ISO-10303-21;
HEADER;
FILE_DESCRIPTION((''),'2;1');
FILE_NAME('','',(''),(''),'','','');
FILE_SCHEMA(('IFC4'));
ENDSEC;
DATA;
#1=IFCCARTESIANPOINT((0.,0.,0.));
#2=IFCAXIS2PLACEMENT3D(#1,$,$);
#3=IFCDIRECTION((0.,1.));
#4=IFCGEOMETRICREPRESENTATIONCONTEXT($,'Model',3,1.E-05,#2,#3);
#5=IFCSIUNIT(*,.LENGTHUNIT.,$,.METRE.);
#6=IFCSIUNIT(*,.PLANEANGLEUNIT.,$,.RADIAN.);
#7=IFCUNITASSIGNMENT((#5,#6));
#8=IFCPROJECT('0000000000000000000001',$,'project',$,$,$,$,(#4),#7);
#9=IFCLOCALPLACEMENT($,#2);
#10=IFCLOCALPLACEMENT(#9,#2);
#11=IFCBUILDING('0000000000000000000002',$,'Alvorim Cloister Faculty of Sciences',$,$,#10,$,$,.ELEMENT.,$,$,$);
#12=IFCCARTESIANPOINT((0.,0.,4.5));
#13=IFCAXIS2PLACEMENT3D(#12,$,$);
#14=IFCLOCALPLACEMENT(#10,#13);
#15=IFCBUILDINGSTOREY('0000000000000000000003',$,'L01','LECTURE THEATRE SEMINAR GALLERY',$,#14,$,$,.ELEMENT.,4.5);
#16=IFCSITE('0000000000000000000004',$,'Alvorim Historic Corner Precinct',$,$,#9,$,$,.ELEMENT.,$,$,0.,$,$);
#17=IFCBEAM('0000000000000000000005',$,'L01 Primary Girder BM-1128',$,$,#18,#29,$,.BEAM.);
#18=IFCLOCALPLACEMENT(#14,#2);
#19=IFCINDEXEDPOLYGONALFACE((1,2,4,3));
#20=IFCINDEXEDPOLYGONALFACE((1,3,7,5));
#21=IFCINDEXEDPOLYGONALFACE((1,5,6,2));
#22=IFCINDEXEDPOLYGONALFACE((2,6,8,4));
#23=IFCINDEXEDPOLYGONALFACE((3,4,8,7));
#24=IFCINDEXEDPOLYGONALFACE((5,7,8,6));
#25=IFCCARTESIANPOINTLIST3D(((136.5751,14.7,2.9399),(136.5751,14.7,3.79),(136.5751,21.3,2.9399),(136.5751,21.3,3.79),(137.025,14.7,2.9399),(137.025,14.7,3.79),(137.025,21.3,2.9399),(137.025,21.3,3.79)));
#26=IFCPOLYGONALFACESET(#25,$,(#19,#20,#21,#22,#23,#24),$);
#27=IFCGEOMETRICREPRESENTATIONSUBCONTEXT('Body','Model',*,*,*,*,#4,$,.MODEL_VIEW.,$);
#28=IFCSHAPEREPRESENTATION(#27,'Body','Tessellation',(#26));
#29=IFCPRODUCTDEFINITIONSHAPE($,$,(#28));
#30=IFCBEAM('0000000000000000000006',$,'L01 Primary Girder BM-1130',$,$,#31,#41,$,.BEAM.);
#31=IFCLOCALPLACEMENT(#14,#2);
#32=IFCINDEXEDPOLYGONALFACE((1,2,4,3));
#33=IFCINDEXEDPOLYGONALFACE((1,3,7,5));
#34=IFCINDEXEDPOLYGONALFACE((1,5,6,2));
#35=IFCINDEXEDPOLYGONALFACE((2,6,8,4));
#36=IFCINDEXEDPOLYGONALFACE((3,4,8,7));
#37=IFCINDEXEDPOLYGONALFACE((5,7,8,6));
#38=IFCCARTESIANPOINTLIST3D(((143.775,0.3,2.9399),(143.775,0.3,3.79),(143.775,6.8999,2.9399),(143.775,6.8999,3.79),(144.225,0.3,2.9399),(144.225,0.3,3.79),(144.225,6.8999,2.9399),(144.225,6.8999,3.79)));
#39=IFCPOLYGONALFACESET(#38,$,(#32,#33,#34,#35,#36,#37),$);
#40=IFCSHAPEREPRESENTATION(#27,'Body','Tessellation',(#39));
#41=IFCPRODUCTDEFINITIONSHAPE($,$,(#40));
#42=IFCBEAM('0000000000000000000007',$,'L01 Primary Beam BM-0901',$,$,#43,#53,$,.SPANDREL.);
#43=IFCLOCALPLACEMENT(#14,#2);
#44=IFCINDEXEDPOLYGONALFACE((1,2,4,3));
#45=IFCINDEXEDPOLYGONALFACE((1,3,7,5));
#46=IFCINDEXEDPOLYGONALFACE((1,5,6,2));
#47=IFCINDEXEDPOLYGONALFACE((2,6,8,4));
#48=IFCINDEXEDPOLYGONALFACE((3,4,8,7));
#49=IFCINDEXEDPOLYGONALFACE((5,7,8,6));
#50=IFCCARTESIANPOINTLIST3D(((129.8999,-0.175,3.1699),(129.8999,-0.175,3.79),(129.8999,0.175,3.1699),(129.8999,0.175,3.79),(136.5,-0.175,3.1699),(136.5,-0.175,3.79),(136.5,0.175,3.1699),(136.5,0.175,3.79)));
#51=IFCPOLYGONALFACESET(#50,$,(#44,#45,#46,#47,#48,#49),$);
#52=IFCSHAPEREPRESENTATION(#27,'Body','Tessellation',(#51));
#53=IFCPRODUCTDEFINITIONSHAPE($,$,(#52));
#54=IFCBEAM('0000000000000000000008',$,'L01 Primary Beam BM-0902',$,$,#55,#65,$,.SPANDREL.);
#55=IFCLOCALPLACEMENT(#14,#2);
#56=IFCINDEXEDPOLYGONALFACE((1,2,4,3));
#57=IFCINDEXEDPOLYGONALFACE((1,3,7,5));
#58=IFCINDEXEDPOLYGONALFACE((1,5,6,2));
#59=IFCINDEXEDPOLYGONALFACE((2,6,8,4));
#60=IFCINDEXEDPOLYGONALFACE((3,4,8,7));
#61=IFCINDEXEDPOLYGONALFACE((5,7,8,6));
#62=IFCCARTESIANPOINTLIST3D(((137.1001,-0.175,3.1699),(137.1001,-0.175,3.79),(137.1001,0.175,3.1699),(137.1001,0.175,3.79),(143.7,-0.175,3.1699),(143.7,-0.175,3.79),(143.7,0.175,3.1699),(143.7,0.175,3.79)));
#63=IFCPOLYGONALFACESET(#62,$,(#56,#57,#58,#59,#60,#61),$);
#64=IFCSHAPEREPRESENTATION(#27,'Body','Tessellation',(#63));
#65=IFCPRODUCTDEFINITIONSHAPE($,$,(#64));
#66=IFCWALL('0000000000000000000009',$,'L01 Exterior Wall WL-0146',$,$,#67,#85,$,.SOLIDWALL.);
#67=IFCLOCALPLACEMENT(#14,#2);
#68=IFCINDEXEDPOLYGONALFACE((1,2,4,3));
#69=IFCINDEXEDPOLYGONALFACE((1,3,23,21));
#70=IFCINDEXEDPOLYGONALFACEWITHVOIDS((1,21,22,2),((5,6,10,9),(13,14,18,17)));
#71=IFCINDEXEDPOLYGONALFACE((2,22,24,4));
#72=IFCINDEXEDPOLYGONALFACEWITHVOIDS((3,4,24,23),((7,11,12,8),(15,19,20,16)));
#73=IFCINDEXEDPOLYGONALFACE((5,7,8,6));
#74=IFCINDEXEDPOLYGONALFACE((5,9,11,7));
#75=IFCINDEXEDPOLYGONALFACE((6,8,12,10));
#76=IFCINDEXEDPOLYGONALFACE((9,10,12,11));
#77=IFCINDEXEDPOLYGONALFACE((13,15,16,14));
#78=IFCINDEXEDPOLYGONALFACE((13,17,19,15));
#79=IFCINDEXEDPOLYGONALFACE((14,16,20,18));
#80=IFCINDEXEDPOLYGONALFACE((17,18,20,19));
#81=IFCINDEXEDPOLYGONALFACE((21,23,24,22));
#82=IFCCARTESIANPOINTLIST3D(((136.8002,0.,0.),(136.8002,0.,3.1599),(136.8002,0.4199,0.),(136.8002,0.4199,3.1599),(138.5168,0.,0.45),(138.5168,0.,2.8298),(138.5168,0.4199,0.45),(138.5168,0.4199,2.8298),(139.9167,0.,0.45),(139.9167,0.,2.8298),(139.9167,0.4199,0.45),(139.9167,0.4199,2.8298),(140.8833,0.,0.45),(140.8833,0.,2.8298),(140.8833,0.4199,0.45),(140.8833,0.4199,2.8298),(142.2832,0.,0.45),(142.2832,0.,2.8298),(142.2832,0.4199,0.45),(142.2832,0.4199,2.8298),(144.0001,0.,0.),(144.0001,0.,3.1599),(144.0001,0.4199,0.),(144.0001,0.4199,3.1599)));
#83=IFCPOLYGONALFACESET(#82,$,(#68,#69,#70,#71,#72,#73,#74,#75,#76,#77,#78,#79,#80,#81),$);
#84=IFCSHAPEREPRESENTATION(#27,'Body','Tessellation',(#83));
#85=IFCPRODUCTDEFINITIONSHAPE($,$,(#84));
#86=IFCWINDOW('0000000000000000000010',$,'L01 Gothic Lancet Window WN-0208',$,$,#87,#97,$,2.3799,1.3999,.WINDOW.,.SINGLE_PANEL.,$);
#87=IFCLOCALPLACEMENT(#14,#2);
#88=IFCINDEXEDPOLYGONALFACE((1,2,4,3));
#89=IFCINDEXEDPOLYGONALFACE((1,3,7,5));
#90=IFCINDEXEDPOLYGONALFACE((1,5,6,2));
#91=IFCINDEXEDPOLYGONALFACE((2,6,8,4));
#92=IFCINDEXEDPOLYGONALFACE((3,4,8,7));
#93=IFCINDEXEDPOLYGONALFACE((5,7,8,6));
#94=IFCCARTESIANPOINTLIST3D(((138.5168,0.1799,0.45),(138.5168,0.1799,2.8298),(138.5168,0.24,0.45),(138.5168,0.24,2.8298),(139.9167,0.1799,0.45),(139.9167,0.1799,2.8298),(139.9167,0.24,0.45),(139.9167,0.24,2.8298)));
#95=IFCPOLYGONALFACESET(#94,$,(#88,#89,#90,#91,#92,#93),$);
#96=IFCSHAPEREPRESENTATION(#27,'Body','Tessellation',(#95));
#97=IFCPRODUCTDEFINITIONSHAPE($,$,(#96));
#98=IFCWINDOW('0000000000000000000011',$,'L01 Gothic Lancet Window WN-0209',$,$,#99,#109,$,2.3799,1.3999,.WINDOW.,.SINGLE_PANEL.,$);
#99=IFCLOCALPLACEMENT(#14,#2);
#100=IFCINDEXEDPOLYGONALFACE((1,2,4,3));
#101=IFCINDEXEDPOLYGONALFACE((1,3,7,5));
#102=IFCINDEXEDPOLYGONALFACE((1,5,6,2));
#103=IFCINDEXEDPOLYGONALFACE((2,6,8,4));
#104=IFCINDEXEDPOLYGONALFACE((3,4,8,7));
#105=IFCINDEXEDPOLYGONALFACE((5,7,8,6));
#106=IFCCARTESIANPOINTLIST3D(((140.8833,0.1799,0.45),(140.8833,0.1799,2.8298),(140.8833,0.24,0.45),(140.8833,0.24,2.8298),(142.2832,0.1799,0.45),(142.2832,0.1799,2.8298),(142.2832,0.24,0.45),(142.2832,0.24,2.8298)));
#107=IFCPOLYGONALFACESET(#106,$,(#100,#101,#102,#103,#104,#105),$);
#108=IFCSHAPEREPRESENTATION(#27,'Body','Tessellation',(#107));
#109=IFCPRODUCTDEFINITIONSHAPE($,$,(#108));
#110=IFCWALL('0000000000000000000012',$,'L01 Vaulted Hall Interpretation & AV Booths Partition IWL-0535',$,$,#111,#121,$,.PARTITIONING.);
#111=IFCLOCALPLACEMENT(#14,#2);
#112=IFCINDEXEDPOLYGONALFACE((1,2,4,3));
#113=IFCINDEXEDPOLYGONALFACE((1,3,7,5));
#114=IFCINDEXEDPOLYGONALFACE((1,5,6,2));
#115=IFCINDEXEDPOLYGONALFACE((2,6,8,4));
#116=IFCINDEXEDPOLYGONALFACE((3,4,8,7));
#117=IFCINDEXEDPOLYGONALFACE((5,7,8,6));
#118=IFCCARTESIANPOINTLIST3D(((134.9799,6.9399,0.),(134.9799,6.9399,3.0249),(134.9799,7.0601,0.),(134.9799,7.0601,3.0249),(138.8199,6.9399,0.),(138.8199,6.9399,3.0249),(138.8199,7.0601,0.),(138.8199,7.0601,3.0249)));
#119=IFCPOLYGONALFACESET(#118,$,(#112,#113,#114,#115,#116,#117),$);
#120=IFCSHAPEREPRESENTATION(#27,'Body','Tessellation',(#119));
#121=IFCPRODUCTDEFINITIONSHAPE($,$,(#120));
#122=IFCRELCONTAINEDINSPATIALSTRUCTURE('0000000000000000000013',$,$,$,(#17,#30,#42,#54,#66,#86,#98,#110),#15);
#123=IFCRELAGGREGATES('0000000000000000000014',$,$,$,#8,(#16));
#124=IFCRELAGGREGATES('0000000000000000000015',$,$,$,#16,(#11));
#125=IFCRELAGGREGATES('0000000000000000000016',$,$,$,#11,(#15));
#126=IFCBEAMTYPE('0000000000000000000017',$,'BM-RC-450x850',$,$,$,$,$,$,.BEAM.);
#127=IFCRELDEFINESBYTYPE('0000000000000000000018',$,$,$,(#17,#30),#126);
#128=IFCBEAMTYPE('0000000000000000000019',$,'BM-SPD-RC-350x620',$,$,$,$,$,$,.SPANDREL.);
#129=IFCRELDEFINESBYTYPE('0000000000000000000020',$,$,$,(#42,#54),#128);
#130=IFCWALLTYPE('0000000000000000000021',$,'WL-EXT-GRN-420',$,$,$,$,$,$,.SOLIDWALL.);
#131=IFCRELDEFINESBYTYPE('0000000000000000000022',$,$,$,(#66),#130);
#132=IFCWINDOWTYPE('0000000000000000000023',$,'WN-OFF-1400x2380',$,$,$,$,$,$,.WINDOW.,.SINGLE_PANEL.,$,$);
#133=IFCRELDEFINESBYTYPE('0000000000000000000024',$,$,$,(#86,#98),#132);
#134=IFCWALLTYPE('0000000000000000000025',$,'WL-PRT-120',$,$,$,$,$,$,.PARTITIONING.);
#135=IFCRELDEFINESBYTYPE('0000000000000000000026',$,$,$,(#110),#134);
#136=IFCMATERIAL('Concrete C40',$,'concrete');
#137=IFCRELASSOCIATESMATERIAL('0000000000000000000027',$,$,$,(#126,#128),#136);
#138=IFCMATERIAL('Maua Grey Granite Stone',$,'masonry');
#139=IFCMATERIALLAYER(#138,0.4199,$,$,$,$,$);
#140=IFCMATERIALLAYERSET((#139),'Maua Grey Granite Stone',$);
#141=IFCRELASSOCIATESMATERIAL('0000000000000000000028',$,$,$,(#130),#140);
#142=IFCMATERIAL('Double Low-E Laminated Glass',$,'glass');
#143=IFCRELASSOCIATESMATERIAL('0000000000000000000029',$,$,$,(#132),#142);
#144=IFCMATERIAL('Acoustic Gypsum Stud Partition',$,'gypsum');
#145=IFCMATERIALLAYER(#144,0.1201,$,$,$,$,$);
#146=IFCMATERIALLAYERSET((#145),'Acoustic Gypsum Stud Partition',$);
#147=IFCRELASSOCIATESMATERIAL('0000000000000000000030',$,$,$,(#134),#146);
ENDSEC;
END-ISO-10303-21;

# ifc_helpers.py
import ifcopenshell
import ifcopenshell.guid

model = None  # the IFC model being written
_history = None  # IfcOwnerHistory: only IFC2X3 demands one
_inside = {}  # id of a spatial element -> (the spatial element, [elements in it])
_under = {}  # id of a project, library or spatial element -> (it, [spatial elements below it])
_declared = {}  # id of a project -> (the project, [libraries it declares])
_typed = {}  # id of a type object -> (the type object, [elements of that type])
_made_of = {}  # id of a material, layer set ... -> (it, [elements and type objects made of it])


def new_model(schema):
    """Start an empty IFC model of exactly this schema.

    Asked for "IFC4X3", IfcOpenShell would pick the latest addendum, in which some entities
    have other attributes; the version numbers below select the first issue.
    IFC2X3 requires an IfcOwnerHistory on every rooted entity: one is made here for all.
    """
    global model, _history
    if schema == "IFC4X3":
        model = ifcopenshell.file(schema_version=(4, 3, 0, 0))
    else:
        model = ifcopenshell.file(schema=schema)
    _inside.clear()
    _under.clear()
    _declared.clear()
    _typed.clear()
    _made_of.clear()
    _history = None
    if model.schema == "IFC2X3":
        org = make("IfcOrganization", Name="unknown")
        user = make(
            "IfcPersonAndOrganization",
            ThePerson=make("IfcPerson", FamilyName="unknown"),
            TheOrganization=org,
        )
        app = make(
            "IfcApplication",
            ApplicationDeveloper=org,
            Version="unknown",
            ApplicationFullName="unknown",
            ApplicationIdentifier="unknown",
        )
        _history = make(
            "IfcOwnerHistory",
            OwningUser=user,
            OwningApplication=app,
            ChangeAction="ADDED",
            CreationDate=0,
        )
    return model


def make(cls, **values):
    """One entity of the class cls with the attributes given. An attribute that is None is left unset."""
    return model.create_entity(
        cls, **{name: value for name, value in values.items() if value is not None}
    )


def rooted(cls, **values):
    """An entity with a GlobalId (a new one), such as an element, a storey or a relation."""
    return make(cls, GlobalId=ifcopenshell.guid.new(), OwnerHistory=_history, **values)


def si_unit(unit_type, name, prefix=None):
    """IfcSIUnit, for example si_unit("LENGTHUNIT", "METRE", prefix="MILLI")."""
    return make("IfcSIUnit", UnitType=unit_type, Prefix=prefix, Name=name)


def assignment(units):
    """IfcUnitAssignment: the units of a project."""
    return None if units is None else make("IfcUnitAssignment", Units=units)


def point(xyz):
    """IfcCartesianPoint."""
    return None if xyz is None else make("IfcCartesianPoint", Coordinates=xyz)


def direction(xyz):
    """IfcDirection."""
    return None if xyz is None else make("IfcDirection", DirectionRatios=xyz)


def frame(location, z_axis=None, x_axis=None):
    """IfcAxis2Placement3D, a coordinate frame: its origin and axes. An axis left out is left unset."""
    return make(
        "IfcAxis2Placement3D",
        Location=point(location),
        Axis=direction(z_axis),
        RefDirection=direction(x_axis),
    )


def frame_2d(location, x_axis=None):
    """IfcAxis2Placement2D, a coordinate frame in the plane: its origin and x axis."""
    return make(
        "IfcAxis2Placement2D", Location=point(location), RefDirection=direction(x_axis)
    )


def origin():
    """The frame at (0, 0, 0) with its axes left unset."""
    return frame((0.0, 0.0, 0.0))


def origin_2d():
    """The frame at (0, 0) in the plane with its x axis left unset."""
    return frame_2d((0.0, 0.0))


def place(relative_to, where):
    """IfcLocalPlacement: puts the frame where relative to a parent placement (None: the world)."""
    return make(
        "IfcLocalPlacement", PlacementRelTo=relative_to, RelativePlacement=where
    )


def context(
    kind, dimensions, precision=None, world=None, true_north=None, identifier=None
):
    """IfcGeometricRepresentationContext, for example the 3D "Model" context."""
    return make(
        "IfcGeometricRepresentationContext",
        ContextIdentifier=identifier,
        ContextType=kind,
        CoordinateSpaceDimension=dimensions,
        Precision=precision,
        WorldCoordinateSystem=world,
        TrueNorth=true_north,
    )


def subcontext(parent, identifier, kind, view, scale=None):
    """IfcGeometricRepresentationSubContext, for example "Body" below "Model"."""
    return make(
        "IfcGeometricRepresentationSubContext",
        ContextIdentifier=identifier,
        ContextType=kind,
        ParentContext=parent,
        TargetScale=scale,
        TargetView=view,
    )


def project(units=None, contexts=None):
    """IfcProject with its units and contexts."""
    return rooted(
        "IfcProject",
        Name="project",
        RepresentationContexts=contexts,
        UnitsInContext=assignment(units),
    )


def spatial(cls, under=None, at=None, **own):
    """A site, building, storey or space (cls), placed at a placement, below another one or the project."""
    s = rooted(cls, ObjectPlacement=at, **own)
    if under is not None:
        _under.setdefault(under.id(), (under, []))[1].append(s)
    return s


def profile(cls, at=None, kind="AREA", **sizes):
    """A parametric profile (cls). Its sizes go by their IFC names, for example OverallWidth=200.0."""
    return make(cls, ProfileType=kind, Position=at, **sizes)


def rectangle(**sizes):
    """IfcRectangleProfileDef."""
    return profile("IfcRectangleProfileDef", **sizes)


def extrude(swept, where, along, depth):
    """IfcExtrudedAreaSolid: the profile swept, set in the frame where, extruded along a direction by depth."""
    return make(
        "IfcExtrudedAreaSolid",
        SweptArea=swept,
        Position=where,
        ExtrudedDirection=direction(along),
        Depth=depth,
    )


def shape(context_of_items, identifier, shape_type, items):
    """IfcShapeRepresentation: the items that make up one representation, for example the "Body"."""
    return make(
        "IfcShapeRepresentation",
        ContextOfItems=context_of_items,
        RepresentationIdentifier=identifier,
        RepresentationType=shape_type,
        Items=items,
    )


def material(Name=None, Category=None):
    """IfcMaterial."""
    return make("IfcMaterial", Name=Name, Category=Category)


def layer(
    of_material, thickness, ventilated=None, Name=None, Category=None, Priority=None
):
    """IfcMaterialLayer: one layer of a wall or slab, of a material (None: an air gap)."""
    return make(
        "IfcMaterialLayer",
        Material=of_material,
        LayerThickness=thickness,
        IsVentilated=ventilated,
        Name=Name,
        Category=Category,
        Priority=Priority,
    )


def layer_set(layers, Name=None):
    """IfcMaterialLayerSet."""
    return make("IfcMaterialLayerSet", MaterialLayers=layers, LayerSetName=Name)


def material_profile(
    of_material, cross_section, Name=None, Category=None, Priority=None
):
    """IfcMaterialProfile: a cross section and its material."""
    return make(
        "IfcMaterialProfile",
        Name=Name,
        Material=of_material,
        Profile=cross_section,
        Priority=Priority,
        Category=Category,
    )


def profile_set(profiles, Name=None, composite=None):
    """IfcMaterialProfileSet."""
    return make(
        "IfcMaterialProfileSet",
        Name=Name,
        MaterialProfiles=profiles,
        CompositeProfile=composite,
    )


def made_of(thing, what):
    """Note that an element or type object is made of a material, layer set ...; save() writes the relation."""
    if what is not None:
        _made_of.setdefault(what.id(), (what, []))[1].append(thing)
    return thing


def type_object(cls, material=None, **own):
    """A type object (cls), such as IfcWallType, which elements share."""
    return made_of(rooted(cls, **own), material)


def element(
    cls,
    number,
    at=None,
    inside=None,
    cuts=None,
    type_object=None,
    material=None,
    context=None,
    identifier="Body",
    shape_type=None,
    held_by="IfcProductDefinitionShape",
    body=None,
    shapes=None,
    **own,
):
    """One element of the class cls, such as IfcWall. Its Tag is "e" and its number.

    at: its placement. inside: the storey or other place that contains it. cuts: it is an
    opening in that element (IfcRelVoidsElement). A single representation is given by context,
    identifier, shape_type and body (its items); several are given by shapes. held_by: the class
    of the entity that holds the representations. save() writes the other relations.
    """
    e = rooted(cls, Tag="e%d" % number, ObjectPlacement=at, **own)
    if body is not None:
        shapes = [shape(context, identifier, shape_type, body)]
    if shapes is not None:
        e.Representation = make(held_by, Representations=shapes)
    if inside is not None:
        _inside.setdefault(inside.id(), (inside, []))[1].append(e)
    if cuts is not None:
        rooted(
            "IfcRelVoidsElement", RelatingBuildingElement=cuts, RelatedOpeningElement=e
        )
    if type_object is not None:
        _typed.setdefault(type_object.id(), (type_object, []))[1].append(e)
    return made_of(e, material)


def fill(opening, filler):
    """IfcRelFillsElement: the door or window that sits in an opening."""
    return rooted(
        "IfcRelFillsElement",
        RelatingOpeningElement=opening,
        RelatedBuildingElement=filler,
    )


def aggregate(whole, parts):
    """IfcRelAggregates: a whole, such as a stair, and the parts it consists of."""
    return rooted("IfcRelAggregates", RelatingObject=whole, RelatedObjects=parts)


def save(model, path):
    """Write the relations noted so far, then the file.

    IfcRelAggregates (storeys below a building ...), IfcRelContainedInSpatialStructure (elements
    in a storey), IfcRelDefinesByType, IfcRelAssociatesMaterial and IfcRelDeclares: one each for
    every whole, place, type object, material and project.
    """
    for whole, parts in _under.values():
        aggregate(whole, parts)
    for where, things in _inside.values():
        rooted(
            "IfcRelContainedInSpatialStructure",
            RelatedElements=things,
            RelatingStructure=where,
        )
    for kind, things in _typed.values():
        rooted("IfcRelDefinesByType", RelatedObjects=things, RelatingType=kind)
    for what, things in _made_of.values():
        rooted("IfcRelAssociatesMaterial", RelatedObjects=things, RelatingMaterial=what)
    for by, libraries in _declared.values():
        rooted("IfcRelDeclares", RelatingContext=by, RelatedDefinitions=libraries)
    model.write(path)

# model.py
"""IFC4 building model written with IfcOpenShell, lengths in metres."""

from ifc_helpers import new_model, si_unit, direction, frame, frame_2d, origin, origin_2d, place, context, subcontext, project, spatial, rectangle, extrude, material, layer, layer_set, material_profile, profile_set, type_object, element, fill, save


model = new_model("IFC4")

# Units and contexts
model_context = context("Model", 3, precision=1e-05, world=origin(), true_north=direction((0.0, 1.0)))
body_context = subcontext(model_context, "Body", "Model", "MODEL_VIEW")
ifc_project = project(units=[si_unit("LENGTHUNIT", "METRE"), si_unit("PLANEANGLEUNIT", "RADIAN")], contexts=[model_context])

# Site, building, storey
site_placement = place(None, origin())
site = spatial("IfcSite", under=ifc_project, at=site_placement, Name="Alvorim Historic Corner Precinct", CompositionType="ELEMENT", RefElevation=0.0)
building_placement = place(site_placement, origin())
building = spatial("IfcBuilding", under=site, at=building_placement, Name="Alvorim Cloister Faculty of Sciences", CompositionType="ELEMENT")
storey_placement = place(building_placement, frame((0.0, 0.0, 4.5)))
storey = spatial("IfcBuildingStorey", under=building, at=storey_placement, Name="L01", Description="LECTURE THEATRE SEMINAR GALLERY", CompositionType="ELEMENT", Elevation=4.5)

# Shared definitions
ifc_material_1 = material(Name="Concrete C40", Category="concrete")

# Beams
ifc_material_profile_1 = material_profile(ifc_material_1, rectangle(XDim=0.45, YDim=0.8501, at=origin_2d()), Name="RC40-BM-450x850")
ifc_profile_set_1 = profile_set([ifc_material_profile_1], Name="Concrete C40")
beam_type_1 = type_object("IfcBeamType", Name="BM-RC-450x850", PredefinedType="BEAM", material=ifc_profile_set_1)
for number, where, z_axis, x_axis, name in (
    (1, (136.8, 14.7, 3.365), (0.0, 1.0, 0.0), (-1.0, 0.0, 0.0), "L01 Primary Girder BM-1128"),
):
    element("IfcBeam", number, at=place(storey_placement, frame(where, z_axis=z_axis, x_axis=x_axis)), inside=storey, type_object=beam_type_1, Name=name, PredefinedType="BEAM", context=body_context, shape_type="SweptSolid", body=[
        extrude(rectangle(XDim=0.45, YDim=0.8501, at=origin_2d()), origin(), (0.0, 0.0, 1.0), 6.6001),
    ])
beam_1_placement = place(storey_placement, frame((144.0, 0.3, 3.365), z_axis=(0.0, 1.0, 0.0), x_axis=(-1.0, 0.0, 0.0)))
element("IfcBeam", 2, at=beam_1_placement, inside=storey, type_object=beam_type_1, Name="L01 Primary Girder BM-1130", PredefinedType="BEAM", context=body_context, shape_type="SweptSolid", body=[
    extrude(rectangle(XDim=0.45, YDim=0.8501, at=origin_2d()), origin(), (0.0, 0.0, 1.0), 6.5999),
])
ifc_material_profile_2 = material_profile(ifc_material_1, rectangle(XDim=0.3501, YDim=0.6201, at=origin_2d()), Name="RC40-SPD-350x620")
ifc_profile_set_2 = profile_set([ifc_material_profile_2], Name="Concrete C40")
beam_type_2 = type_object("IfcBeamType", Name="BM-SPD-RC-350x620", PredefinedType="SPANDREL", material=ifc_profile_set_2)
beam_2_placement = place(storey_placement, frame((129.8999, 0.0, 3.48), z_axis=(1.0, 0.0, 0.0), x_axis=(0.0, 1.0, 0.0)))
element("IfcBeam", 3, at=beam_2_placement, inside=storey, type_object=beam_type_2, Name="L01 Primary Beam BM-0901", PredefinedType="SPANDREL", context=body_context, shape_type="SweptSolid", body=[
    extrude(rectangle(XDim=0.3501, YDim=0.6201, at=origin_2d()), origin(), (0.0, 0.0, 1.0), 6.6001),
])
beam_3_placement = place(storey_placement, frame((137.1001, 0.0, 3.48), z_axis=(1.0, 0.0, 0.0), x_axis=(0.0, 1.0, 0.0)))
element("IfcBeam", 4, at=beam_3_placement, inside=storey, type_object=beam_type_2, Name="L01 Primary Beam BM-0902", PredefinedType="SPANDREL", context=body_context, shape_type="SweptSolid", body=[
    extrude(rectangle(XDim=0.3501, YDim=0.6201, at=origin_2d()), origin(), (0.0, 0.0, 1.0), 6.5999),
])

# Wall, openings, windows
ifc_material_2 = material(Name="Maua Grey Granite Stone", Category="masonry")
ifc_layer_1 = layer(ifc_material_2, 0.4199)
ifc_layer_set_1 = layer_set([ifc_layer_1], Name="Maua Grey Granite Stone")
wall_type_1 = type_object("IfcWallType", Name="WL-EXT-GRN-420", PredefinedType="SOLIDWALL", material=ifc_layer_set_1)
wall_1_placement = place(storey_placement, frame((136.8, 0.21, 0.0), z_axis=(0.0, 0.0, 1.0), x_axis=(1.0, 0.0, 0.0)))
wall_1 = element("IfcWall", 5, at=wall_1_placement, inside=storey, type_object=wall_type_1, Name="L01 Exterior Wall WL-0146", PredefinedType="SOLIDWALL", context=body_context, shape_type="SweptSolid", body=[
    extrude(rectangle(XDim=7.2, YDim=0.4199, at=frame_2d((3.6001, 0.0))), origin(), (0.0, 0.0, 1.0), 3.1599),
])
opening_1_placement = place(wall_1_placement, frame((1.7168, 0.0, 0.45)))
opening_1 = element("IfcOpeningElement", 6, at=opening_1_placement, cuts=wall_1, PredefinedType="OPENING", context=body_context, shape_type="SweptSolid", body=[
    extrude(rectangle(XDim=1.3999, YDim=2.3799, at=frame_2d((0.7, 1.1899))), frame((0.0, 0.2219, 0.0), z_axis=(0.0, -1.0, 0.0), x_axis=(1.0, 0.0, 0.0)), (0.0, 0.0, 1.0), 0.4438),
])
opening_2_placement = place(wall_1_placement, frame((4.0833, 0.0, 0.45)))
opening_2 = element("IfcOpeningElement", 7, at=opening_2_placement, cuts=wall_1, PredefinedType="OPENING", context=body_context, shape_type="SweptSolid", body=[
    extrude(rectangle(XDim=1.3999, YDim=2.3799, at=frame_2d((0.7, 1.1899))), frame((0.0, 0.2219, 0.0), z_axis=(0.0, -1.0, 0.0), x_axis=(1.0, 0.0, 0.0)), (0.0, 0.0, 1.0), 0.4438),
])
ifc_material_3 = material(Name="Double Low-E Laminated Glass", Category="glass")
window_type = type_object("IfcWindowType", Name="WN-OFF-1400x2380", PartitioningType="SINGLE_PANEL", PredefinedType="WINDOW", material=ifc_material_3)
window_1_placement = place(opening_1_placement, origin())
window_1 = element("IfcWindow", 8, at=window_1_placement, inside=storey, type_object=window_type, Name="L01 Gothic Lancet Window WN-0208", OverallHeight=2.3799, OverallWidth=1.3999, PartitioningType="SINGLE_PANEL", PredefinedType="WINDOW", context=body_context, shape_type="SweptSolid", body=[
    extrude(rectangle(XDim=1.3999, YDim=2.3799, at=frame_2d((0.7, 1.1899))), frame((0.0, 0.03, 0.0), z_axis=(0.0, -1.0, 0.0), x_axis=(1.0, 0.0, 0.0)), (0.0, 0.0, 1.0), 0.0601),
])
fill(opening_1, window_1)
window_2_placement = place(opening_2_placement, origin())
window_2 = element("IfcWindow", 9, at=window_2_placement, inside=storey, type_object=window_type, Name="L01 Gothic Lancet Window WN-0209", OverallHeight=2.3799, OverallWidth=1.3999, PartitioningType="SINGLE_PANEL", PredefinedType="WINDOW", context=body_context, shape_type="SweptSolid", body=[
    extrude(rectangle(XDim=1.3999, YDim=2.3799, at=frame_2d((0.7, 1.1899))), frame((0.0, 0.03, 0.0), z_axis=(0.0, -1.0, 0.0), x_axis=(1.0, 0.0, 0.0)), (0.0, 0.0, 1.0), 0.0601),
])
fill(opening_2, window_2)

# Wall
ifc_material_4 = material(Name="Acoustic Gypsum Stud Partition", Category="gypsum")
ifc_layer_2 = layer(ifc_material_4, 0.1201)
ifc_layer_set_2 = layer_set([ifc_layer_2], Name="Acoustic Gypsum Stud Partition")
wall_type_2 = type_object("IfcWallType", Name="WL-PRT-120", PredefinedType="PARTITIONING", material=ifc_layer_set_2)
wall_2_placement = place(storey_placement, frame((134.98, 7.0, 0.0), z_axis=(0.0, 0.0, 1.0), x_axis=(1.0, 0.0, 0.0)))
element("IfcWall", 10, at=wall_2_placement, inside=storey, type_object=wall_type_2, Name="L01 Vaulted Hall Interpretation & AV Booths Partition IWL-0535", PredefinedType="PARTITIONING", context=body_context, shape_type="SweptSolid", body=[
    extrude(rectangle(XDim=3.8401, YDim=0.1201, at=frame_2d((1.9199, 0.0))), origin(), (0.0, 0.0, 1.0), 3.0249),
])

save(model, "model.ifc")
